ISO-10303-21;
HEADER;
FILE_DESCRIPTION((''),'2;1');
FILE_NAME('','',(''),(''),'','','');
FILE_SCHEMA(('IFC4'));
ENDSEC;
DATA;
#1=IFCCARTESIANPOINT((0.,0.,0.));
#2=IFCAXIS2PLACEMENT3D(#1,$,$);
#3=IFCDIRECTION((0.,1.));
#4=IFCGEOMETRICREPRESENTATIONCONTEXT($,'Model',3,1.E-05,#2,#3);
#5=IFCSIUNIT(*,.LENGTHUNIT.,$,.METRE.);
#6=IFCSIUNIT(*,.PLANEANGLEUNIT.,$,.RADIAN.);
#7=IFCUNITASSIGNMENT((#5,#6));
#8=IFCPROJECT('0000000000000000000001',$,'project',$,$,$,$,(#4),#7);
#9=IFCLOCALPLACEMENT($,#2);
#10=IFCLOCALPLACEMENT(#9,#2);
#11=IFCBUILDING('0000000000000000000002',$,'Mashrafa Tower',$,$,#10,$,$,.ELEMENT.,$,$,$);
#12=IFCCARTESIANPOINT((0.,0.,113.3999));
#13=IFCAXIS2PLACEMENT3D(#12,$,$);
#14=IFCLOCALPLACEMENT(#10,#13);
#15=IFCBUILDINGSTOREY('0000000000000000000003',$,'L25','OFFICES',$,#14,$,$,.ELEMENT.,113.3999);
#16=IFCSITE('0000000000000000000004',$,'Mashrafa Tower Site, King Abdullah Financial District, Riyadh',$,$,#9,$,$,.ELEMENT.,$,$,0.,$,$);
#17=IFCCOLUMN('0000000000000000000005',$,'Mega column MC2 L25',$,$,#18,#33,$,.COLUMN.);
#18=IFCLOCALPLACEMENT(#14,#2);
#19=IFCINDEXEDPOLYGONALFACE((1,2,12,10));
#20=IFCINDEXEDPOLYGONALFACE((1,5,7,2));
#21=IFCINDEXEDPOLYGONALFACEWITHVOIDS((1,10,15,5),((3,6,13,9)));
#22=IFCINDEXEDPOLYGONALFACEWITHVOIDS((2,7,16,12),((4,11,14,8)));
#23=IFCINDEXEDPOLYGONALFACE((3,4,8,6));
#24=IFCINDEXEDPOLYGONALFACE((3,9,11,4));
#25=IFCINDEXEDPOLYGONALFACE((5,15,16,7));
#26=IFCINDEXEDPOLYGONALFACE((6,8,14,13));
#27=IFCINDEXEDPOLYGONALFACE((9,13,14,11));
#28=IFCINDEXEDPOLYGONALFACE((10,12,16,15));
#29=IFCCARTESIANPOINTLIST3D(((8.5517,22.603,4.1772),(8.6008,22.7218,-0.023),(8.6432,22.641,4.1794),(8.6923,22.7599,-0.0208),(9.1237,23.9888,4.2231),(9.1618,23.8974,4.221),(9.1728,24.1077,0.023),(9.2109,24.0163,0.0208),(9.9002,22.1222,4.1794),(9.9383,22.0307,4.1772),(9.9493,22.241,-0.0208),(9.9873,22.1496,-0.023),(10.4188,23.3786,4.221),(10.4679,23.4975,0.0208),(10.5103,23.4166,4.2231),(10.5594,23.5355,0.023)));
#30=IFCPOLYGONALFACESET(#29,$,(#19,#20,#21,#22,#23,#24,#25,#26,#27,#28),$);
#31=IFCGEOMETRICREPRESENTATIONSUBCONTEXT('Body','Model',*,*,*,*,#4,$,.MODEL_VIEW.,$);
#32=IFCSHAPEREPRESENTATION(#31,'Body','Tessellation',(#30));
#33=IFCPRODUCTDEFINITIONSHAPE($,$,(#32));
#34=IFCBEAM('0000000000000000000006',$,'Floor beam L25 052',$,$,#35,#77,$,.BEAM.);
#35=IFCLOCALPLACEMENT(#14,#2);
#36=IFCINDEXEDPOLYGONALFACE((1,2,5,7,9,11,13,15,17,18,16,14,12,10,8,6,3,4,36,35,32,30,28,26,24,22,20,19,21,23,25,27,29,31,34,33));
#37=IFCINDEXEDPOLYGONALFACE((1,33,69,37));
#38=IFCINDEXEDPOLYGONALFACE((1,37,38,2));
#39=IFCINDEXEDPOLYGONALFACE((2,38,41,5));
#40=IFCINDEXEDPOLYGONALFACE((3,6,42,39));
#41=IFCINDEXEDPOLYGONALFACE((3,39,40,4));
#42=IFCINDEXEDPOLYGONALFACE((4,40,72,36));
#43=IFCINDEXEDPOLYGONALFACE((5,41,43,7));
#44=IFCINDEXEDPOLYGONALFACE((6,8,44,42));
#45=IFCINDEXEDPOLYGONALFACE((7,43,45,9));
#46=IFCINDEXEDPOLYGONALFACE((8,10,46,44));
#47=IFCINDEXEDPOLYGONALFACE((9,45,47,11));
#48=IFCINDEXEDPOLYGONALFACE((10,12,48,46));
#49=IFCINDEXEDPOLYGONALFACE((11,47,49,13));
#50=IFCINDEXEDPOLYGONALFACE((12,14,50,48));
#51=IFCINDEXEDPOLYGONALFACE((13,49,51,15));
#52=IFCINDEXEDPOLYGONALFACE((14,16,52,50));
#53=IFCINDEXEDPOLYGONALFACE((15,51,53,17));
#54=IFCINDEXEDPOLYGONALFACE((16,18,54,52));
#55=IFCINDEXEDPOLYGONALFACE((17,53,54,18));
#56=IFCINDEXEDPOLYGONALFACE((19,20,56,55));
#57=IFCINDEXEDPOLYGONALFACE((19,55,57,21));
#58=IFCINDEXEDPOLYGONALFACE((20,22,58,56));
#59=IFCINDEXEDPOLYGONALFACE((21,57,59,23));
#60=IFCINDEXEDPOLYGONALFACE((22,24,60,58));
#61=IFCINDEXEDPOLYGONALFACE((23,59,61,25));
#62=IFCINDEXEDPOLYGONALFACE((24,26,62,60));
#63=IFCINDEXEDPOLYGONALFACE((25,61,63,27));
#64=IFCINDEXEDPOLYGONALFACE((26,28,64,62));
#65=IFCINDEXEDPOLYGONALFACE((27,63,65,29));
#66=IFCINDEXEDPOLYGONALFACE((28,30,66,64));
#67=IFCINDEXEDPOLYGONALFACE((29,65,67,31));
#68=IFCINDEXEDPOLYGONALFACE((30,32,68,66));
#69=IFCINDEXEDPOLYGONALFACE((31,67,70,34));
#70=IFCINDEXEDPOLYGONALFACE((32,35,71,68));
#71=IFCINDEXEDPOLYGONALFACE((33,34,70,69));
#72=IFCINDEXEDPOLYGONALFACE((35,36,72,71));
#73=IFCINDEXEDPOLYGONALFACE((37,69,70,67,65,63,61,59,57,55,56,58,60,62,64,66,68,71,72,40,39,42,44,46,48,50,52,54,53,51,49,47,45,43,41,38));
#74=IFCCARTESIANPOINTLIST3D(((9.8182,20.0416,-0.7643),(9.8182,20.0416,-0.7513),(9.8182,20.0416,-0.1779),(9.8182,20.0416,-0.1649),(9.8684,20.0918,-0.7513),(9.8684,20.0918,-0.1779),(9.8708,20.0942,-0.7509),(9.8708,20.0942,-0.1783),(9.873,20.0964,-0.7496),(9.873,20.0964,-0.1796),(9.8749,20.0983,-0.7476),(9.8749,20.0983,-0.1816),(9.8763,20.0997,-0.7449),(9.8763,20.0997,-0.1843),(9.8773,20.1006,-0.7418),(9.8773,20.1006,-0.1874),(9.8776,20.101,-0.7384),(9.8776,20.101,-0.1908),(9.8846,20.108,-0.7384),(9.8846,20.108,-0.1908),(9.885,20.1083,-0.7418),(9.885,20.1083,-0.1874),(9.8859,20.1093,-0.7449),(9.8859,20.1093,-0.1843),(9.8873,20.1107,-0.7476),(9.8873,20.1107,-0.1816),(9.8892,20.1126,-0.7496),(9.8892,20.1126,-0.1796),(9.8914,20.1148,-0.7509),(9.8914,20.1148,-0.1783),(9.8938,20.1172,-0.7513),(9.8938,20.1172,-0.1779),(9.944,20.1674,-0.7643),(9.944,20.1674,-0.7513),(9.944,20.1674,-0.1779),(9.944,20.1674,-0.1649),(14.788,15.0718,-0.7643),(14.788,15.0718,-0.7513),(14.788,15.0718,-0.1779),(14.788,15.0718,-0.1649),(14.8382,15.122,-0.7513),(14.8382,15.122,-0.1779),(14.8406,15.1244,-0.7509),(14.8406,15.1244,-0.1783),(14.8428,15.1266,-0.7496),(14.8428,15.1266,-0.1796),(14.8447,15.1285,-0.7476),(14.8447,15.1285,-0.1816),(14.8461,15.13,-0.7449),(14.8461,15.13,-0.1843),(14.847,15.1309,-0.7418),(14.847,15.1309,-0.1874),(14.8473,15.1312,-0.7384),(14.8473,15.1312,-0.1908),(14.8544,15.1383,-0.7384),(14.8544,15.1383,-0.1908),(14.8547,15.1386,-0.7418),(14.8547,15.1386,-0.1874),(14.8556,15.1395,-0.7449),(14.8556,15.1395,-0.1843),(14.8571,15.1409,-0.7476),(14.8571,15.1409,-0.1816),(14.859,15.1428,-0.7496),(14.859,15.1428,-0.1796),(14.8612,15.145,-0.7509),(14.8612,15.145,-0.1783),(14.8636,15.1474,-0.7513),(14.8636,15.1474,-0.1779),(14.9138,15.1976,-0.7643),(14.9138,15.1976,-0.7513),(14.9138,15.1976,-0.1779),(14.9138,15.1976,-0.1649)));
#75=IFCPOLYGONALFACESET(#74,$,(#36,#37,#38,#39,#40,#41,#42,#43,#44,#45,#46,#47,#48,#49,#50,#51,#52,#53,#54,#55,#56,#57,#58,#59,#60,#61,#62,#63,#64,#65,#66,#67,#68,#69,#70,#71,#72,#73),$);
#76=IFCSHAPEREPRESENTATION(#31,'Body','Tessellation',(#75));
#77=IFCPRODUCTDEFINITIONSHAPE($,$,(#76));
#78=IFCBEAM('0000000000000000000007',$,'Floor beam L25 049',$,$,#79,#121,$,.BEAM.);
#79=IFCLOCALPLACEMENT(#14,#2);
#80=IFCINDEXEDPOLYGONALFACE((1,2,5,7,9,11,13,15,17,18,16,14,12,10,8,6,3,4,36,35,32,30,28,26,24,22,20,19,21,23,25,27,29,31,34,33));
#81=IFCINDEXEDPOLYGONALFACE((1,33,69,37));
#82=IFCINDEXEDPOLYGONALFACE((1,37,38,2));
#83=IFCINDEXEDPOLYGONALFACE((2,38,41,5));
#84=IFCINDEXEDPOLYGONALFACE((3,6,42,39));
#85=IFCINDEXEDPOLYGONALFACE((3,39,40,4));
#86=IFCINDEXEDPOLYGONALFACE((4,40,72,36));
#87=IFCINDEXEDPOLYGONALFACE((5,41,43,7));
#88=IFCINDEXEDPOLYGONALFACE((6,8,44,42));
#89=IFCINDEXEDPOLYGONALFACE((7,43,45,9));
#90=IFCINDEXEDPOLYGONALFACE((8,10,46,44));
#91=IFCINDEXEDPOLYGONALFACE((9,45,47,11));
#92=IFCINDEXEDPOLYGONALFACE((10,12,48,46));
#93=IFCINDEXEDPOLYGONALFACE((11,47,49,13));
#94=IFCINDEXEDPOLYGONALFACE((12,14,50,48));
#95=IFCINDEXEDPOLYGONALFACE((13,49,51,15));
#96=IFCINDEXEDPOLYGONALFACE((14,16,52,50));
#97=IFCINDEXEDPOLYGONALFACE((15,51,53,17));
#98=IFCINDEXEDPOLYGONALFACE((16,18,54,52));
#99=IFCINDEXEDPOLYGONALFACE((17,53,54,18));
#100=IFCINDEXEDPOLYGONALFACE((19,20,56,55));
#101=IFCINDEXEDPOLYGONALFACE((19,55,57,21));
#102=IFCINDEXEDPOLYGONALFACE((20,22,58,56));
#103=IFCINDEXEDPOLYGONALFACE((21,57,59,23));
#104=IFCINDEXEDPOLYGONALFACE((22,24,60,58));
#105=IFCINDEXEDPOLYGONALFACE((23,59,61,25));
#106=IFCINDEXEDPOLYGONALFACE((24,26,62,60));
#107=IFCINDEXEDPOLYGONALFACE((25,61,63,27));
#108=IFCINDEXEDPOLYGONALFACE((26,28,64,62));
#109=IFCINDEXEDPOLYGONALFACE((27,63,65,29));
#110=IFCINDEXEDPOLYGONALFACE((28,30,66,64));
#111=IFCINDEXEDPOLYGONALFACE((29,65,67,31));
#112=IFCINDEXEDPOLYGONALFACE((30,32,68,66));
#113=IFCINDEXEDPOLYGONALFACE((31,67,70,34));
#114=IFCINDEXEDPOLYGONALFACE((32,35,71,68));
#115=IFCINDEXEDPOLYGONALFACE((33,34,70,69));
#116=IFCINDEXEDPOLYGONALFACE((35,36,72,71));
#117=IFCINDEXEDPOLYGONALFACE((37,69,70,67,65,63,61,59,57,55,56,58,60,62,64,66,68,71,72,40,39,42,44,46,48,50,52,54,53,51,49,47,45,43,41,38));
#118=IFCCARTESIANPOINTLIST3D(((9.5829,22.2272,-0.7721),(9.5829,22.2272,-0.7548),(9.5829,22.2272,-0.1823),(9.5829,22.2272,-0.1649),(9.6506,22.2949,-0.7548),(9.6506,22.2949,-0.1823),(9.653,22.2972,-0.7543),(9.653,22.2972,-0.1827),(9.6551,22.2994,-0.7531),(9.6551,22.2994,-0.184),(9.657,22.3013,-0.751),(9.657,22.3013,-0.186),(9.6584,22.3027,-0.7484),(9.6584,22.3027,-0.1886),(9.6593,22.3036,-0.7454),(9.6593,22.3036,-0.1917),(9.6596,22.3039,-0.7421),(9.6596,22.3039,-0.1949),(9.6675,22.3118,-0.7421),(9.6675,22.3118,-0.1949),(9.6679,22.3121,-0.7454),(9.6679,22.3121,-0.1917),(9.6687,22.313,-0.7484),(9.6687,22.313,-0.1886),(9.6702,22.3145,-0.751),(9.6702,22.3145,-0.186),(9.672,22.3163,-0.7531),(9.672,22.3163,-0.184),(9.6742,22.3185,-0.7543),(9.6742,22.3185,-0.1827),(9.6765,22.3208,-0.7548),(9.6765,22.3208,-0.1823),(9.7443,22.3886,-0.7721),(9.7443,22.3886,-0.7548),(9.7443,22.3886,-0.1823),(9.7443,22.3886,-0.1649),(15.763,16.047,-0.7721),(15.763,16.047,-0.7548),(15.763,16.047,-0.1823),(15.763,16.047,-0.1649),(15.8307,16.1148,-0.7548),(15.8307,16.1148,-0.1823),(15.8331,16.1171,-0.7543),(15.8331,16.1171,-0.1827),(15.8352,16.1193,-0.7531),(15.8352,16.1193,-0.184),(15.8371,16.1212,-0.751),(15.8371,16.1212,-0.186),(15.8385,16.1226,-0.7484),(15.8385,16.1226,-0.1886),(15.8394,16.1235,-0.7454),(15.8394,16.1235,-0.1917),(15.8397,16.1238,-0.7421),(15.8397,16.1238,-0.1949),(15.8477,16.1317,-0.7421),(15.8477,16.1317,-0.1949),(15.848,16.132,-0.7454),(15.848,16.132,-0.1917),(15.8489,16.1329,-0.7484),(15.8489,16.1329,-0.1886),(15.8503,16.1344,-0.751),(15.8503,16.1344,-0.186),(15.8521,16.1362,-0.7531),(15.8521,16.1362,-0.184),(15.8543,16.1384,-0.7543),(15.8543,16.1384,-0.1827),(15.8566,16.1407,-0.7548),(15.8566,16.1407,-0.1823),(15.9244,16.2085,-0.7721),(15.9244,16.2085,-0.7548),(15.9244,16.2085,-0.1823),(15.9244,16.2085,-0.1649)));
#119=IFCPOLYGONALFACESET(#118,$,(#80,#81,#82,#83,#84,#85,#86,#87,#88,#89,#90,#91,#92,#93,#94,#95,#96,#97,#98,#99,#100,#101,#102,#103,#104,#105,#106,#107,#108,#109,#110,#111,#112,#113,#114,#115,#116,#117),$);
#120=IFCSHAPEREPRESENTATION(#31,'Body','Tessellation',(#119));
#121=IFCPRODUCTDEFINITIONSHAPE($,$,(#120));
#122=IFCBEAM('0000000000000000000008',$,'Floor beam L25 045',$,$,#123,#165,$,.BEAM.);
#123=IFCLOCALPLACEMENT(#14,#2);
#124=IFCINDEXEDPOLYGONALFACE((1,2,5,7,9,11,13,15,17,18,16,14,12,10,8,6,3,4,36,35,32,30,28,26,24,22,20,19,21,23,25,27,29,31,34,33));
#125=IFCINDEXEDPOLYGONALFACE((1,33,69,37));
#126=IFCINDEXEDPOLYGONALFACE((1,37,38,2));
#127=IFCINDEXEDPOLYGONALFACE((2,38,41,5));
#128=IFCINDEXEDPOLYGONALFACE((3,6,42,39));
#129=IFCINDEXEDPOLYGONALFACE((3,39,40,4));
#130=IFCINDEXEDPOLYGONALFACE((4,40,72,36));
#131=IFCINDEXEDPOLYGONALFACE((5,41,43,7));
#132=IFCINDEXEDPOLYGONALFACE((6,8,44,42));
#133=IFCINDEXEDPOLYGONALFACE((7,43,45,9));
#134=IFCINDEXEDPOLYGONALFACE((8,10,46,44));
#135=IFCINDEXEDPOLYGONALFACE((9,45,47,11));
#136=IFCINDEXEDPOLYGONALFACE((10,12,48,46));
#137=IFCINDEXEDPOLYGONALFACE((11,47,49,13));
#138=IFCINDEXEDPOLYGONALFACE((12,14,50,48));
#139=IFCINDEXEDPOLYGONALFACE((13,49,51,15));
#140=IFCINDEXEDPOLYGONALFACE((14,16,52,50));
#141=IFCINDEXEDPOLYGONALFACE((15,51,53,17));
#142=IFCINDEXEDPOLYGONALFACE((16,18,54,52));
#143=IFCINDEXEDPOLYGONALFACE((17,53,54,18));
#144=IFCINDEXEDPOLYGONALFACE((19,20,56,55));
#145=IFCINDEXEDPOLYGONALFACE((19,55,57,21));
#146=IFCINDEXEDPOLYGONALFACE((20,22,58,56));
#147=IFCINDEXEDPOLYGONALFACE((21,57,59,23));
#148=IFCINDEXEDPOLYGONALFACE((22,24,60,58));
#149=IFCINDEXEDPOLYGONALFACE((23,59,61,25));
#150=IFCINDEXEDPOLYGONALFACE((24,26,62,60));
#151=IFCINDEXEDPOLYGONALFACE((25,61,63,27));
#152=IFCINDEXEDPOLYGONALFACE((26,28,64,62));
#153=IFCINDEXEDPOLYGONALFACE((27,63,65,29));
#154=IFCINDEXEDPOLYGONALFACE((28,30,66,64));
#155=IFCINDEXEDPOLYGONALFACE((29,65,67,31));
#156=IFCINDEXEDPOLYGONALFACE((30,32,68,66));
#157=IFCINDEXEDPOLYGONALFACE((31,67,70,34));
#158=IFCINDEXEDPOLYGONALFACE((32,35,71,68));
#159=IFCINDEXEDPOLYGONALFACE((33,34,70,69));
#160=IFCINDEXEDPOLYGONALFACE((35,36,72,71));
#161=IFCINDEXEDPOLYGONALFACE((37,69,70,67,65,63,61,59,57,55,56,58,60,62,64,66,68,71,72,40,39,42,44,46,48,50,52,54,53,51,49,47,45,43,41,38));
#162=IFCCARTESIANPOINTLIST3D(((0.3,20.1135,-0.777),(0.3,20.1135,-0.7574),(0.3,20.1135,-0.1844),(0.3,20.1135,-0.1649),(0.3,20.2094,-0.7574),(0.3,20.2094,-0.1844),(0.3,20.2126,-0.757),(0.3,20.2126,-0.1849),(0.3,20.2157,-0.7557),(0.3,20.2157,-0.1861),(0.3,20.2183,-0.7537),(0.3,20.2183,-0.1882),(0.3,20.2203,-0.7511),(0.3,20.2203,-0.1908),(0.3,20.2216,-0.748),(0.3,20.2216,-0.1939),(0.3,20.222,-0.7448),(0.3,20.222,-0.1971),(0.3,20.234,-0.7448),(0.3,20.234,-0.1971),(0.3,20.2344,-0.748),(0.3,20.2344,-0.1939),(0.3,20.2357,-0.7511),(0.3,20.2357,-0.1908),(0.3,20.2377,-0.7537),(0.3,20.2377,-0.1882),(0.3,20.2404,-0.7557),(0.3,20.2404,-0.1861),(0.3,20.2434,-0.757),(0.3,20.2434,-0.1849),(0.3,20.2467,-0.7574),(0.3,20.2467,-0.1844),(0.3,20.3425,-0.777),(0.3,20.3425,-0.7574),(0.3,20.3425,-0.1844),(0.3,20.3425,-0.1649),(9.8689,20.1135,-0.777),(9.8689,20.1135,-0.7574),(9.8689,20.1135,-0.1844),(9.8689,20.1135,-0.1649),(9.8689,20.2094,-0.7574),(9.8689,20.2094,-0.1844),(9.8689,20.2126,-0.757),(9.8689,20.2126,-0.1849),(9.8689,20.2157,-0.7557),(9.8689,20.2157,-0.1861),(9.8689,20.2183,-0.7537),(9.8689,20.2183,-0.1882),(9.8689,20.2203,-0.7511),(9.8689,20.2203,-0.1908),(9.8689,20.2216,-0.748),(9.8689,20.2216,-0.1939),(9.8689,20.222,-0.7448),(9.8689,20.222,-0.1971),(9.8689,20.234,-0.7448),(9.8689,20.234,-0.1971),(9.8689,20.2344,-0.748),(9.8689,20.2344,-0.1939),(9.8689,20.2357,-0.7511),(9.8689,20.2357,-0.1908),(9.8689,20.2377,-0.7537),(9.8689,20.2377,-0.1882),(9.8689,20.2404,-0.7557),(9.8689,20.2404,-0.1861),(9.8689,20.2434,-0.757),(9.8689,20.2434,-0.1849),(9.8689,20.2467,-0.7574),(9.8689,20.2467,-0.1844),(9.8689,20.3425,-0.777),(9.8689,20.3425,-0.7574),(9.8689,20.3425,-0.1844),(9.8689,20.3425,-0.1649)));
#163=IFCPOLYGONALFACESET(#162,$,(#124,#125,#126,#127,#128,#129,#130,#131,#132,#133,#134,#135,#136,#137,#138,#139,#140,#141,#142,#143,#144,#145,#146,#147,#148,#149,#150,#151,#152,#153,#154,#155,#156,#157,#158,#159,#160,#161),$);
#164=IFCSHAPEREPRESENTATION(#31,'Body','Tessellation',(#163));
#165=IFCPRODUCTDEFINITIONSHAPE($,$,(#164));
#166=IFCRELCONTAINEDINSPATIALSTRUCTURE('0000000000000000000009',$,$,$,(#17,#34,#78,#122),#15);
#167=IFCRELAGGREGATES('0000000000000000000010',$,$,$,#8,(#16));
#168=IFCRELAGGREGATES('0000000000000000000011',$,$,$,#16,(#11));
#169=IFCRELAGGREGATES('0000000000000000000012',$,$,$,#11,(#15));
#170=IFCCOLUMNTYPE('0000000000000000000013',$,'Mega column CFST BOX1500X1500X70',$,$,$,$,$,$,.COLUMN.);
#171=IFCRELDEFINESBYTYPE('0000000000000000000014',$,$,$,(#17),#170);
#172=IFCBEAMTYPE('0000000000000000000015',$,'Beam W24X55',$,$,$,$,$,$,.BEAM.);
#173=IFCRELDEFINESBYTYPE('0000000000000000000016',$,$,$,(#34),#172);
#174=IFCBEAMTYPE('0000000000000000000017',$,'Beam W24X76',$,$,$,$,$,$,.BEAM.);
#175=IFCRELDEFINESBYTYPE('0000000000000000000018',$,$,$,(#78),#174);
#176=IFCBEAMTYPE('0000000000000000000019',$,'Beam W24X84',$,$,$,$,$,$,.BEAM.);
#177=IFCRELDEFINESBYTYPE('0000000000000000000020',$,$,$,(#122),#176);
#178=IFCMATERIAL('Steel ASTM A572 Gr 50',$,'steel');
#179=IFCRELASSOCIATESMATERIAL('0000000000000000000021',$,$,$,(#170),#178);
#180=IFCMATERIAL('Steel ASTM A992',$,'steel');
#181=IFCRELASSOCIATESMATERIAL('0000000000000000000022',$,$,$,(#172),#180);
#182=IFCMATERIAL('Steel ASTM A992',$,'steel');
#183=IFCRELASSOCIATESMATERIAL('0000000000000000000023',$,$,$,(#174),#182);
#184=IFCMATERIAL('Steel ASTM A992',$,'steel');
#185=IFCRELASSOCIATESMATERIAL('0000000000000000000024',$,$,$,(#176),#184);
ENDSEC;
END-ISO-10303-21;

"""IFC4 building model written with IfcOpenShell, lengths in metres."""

from ifc_helpers import new_model, si_unit, direction, frame, origin, origin_2d, place, context, subcontext, project, spatial, hollow_rectangle, i_section, extrude, material, material_profile, profile_set, type_object, element, save


model = new_model("IFC4")

# Units and contexts
model_context = context("Model", 3, precision=1e-05, world=origin(), true_north=direction((0.0, 1.0)))
body_context = subcontext(model_context, "Body", "Model", "MODEL_VIEW")
ifc_project = project(units=[si_unit("LENGTHUNIT", "METRE"), si_unit("PLANEANGLEUNIT", "RADIAN")], contexts=[model_context])

# Site, building, storey
site_placement = place(None, origin())
site = spatial("IfcSite", under=ifc_project, at=site_placement, Name="Mashrafa Tower Site, King Abdullah Financial District, Riyadh", CompositionType="ELEMENT", RefElevation=0.0)
building_placement = place(site_placement, origin())
building = spatial("IfcBuilding", under=site, at=building_placement, Name="Mashrafa Tower", CompositionType="ELEMENT")
storey_placement = place(building_placement, frame((0.0, 0.0, 113.3999)))
storey = spatial("IfcBuildingStorey", under=building, at=storey_placement, Name="L25", Description="OFFICES", CompositionType="ELEMENT", Elevation=113.3999)

# Column
ifc_material_1 = material(Name="Steel ASTM A572 Gr 50", Category="steel")
ifc_material_profile_1 = material_profile(ifc_material_1, hollow_rectangle(XDim=1.5, YDim=1.5, WallThickness=0.0701, at=origin_2d()), Name="BOX1500X1500X70")
ifc_profile_set_1 = profile_set([ifc_material_profile_1], Name="Steel ASTM A572 Gr 50")
column_type = type_object("IfcColumnType", Name="Mega column CFST BOX1500X1500X70", PredefinedType="COLUMN", material=ifc_profile_set_1)
column_placement = place(storey_placement, frame((9.5801, 23.1287, 0.0), z_axis=(-0.011678, -0.028294, 0.999531), x_axis=(0.924363, -0.381513, 0.0)))
element("IfcColumn", 1, at=column_placement, inside=storey, type_object=column_type, Name="Mega column MC2 L25", PredefinedType="COLUMN", context=body_context, shape_type="SweptSolid", body=[
    extrude(hollow_rectangle(XDim=1.5, YDim=1.5, WallThickness=0.0701, at=origin_2d()), origin(), (0.0, 0.0, 1.0), 4.2021),
])

# Beams
ifc_material_2 = material(Name="Steel ASTM A992", Category="steel")
ifc_material_profile_2 = material_profile(ifc_material_2, i_section(OverallWidth=0.178, OverallDepth=0.5994, WebThickness=0.01, FlangeThickness=0.0129, FilletRadius=0.0129, at=origin_2d()), Name="W24X55")
ifc_profile_set_2 = profile_set([ifc_material_profile_2], Name="Steel ASTM A992")
beam_type_1 = type_object("IfcBeamType", Name="Beam W24X55", PredefinedType="BEAM", material=ifc_profile_set_2)
beam_1_placement = place(storey_placement, frame((9.8811, 20.1045, -0.4646), z_axis=(0.707107, -0.707107, 0.0), x_axis=(0.707107, 0.707107, 0.0)))
element("IfcBeam", 2, at=beam_1_placement, inside=storey, type_object=beam_type_1, Name="Floor beam L25 052", PredefinedType="BEAM", context=body_context, shape_type="SweptSolid", body=[
    extrude(i_section(OverallWidth=0.178, OverallDepth=0.5994, WebThickness=0.01, FlangeThickness=0.0129, FilletRadius=0.0129, at=origin_2d()), origin(), (0.0, 0.0, 1.0), 7.0283),
])
ifc_material_3 = material(Name="Steel ASTM A992", Category="steel")
ifc_material_profile_3 = material_profile(ifc_material_3, i_section(OverallWidth=0.2283, OverallDepth=0.6072, WebThickness=0.0112, FlangeThickness=0.0173, FilletRadius=0.0127, at=origin_2d()), Name="W24X76")
ifc_profile_set_3 = profile_set([ifc_material_profile_3], Name="Steel ASTM A992")
beam_type_2 = type_object("IfcBeamType", Name="Beam W24X76", PredefinedType="BEAM", material=ifc_profile_set_3)
beam_2_placement = place(storey_placement, frame((9.6636, 22.3079, -0.4685), z_axis=(0.707107, -0.707107, 0.0), x_axis=(0.707107, 0.707107, 0.0)))
element("IfcBeam", 3, at=beam_2_placement, inside=storey, type_object=beam_type_2, Name="Floor beam L25 049", PredefinedType="BEAM", context=body_context, shape_type="SweptSolid", body=[
    extrude(i_section(OverallWidth=0.2283, OverallDepth=0.6072, WebThickness=0.0112, FlangeThickness=0.0173, FilletRadius=0.0127, at=origin_2d()), origin(), (0.0, 0.0, 1.0), 8.74),
])
ifc_material_4 = material(Name="Steel ASTM A992", Category="steel")
ifc_material_profile_4 = material_profile(ifc_material_4, i_section(OverallWidth=0.229, OverallDepth=0.6121, WebThickness=0.012, FlangeThickness=0.0195, FilletRadius=0.0127, at=origin_2d()), Name="W24X84")
ifc_profile_set_4 = profile_set([ifc_material_profile_4], Name="Steel ASTM A992")
beam_type_3 = type_object("IfcBeamType", Name="Beam W24X84", PredefinedType="BEAM", material=ifc_profile_set_4)
beam_3_placement = place(storey_placement, frame((0.3, 20.228, -0.4709), z_axis=(1.0, 0.0, 0.0), x_axis=(0.0, 1.0, 0.0)))
element("IfcBeam", 4, at=beam_3_placement, inside=storey, type_object=beam_type_3, Name="Floor beam L25 045", PredefinedType="BEAM", context=body_context, shape_type="SweptSolid", body=[
    extrude(i_section(OverallWidth=0.229, OverallDepth=0.6121, WebThickness=0.012, FlangeThickness=0.0195, FilletRadius=0.0127, at=origin_2d()), origin(), (0.0, 0.0, 1.0), 9.5688),
])

save(model, "model.ifc")
